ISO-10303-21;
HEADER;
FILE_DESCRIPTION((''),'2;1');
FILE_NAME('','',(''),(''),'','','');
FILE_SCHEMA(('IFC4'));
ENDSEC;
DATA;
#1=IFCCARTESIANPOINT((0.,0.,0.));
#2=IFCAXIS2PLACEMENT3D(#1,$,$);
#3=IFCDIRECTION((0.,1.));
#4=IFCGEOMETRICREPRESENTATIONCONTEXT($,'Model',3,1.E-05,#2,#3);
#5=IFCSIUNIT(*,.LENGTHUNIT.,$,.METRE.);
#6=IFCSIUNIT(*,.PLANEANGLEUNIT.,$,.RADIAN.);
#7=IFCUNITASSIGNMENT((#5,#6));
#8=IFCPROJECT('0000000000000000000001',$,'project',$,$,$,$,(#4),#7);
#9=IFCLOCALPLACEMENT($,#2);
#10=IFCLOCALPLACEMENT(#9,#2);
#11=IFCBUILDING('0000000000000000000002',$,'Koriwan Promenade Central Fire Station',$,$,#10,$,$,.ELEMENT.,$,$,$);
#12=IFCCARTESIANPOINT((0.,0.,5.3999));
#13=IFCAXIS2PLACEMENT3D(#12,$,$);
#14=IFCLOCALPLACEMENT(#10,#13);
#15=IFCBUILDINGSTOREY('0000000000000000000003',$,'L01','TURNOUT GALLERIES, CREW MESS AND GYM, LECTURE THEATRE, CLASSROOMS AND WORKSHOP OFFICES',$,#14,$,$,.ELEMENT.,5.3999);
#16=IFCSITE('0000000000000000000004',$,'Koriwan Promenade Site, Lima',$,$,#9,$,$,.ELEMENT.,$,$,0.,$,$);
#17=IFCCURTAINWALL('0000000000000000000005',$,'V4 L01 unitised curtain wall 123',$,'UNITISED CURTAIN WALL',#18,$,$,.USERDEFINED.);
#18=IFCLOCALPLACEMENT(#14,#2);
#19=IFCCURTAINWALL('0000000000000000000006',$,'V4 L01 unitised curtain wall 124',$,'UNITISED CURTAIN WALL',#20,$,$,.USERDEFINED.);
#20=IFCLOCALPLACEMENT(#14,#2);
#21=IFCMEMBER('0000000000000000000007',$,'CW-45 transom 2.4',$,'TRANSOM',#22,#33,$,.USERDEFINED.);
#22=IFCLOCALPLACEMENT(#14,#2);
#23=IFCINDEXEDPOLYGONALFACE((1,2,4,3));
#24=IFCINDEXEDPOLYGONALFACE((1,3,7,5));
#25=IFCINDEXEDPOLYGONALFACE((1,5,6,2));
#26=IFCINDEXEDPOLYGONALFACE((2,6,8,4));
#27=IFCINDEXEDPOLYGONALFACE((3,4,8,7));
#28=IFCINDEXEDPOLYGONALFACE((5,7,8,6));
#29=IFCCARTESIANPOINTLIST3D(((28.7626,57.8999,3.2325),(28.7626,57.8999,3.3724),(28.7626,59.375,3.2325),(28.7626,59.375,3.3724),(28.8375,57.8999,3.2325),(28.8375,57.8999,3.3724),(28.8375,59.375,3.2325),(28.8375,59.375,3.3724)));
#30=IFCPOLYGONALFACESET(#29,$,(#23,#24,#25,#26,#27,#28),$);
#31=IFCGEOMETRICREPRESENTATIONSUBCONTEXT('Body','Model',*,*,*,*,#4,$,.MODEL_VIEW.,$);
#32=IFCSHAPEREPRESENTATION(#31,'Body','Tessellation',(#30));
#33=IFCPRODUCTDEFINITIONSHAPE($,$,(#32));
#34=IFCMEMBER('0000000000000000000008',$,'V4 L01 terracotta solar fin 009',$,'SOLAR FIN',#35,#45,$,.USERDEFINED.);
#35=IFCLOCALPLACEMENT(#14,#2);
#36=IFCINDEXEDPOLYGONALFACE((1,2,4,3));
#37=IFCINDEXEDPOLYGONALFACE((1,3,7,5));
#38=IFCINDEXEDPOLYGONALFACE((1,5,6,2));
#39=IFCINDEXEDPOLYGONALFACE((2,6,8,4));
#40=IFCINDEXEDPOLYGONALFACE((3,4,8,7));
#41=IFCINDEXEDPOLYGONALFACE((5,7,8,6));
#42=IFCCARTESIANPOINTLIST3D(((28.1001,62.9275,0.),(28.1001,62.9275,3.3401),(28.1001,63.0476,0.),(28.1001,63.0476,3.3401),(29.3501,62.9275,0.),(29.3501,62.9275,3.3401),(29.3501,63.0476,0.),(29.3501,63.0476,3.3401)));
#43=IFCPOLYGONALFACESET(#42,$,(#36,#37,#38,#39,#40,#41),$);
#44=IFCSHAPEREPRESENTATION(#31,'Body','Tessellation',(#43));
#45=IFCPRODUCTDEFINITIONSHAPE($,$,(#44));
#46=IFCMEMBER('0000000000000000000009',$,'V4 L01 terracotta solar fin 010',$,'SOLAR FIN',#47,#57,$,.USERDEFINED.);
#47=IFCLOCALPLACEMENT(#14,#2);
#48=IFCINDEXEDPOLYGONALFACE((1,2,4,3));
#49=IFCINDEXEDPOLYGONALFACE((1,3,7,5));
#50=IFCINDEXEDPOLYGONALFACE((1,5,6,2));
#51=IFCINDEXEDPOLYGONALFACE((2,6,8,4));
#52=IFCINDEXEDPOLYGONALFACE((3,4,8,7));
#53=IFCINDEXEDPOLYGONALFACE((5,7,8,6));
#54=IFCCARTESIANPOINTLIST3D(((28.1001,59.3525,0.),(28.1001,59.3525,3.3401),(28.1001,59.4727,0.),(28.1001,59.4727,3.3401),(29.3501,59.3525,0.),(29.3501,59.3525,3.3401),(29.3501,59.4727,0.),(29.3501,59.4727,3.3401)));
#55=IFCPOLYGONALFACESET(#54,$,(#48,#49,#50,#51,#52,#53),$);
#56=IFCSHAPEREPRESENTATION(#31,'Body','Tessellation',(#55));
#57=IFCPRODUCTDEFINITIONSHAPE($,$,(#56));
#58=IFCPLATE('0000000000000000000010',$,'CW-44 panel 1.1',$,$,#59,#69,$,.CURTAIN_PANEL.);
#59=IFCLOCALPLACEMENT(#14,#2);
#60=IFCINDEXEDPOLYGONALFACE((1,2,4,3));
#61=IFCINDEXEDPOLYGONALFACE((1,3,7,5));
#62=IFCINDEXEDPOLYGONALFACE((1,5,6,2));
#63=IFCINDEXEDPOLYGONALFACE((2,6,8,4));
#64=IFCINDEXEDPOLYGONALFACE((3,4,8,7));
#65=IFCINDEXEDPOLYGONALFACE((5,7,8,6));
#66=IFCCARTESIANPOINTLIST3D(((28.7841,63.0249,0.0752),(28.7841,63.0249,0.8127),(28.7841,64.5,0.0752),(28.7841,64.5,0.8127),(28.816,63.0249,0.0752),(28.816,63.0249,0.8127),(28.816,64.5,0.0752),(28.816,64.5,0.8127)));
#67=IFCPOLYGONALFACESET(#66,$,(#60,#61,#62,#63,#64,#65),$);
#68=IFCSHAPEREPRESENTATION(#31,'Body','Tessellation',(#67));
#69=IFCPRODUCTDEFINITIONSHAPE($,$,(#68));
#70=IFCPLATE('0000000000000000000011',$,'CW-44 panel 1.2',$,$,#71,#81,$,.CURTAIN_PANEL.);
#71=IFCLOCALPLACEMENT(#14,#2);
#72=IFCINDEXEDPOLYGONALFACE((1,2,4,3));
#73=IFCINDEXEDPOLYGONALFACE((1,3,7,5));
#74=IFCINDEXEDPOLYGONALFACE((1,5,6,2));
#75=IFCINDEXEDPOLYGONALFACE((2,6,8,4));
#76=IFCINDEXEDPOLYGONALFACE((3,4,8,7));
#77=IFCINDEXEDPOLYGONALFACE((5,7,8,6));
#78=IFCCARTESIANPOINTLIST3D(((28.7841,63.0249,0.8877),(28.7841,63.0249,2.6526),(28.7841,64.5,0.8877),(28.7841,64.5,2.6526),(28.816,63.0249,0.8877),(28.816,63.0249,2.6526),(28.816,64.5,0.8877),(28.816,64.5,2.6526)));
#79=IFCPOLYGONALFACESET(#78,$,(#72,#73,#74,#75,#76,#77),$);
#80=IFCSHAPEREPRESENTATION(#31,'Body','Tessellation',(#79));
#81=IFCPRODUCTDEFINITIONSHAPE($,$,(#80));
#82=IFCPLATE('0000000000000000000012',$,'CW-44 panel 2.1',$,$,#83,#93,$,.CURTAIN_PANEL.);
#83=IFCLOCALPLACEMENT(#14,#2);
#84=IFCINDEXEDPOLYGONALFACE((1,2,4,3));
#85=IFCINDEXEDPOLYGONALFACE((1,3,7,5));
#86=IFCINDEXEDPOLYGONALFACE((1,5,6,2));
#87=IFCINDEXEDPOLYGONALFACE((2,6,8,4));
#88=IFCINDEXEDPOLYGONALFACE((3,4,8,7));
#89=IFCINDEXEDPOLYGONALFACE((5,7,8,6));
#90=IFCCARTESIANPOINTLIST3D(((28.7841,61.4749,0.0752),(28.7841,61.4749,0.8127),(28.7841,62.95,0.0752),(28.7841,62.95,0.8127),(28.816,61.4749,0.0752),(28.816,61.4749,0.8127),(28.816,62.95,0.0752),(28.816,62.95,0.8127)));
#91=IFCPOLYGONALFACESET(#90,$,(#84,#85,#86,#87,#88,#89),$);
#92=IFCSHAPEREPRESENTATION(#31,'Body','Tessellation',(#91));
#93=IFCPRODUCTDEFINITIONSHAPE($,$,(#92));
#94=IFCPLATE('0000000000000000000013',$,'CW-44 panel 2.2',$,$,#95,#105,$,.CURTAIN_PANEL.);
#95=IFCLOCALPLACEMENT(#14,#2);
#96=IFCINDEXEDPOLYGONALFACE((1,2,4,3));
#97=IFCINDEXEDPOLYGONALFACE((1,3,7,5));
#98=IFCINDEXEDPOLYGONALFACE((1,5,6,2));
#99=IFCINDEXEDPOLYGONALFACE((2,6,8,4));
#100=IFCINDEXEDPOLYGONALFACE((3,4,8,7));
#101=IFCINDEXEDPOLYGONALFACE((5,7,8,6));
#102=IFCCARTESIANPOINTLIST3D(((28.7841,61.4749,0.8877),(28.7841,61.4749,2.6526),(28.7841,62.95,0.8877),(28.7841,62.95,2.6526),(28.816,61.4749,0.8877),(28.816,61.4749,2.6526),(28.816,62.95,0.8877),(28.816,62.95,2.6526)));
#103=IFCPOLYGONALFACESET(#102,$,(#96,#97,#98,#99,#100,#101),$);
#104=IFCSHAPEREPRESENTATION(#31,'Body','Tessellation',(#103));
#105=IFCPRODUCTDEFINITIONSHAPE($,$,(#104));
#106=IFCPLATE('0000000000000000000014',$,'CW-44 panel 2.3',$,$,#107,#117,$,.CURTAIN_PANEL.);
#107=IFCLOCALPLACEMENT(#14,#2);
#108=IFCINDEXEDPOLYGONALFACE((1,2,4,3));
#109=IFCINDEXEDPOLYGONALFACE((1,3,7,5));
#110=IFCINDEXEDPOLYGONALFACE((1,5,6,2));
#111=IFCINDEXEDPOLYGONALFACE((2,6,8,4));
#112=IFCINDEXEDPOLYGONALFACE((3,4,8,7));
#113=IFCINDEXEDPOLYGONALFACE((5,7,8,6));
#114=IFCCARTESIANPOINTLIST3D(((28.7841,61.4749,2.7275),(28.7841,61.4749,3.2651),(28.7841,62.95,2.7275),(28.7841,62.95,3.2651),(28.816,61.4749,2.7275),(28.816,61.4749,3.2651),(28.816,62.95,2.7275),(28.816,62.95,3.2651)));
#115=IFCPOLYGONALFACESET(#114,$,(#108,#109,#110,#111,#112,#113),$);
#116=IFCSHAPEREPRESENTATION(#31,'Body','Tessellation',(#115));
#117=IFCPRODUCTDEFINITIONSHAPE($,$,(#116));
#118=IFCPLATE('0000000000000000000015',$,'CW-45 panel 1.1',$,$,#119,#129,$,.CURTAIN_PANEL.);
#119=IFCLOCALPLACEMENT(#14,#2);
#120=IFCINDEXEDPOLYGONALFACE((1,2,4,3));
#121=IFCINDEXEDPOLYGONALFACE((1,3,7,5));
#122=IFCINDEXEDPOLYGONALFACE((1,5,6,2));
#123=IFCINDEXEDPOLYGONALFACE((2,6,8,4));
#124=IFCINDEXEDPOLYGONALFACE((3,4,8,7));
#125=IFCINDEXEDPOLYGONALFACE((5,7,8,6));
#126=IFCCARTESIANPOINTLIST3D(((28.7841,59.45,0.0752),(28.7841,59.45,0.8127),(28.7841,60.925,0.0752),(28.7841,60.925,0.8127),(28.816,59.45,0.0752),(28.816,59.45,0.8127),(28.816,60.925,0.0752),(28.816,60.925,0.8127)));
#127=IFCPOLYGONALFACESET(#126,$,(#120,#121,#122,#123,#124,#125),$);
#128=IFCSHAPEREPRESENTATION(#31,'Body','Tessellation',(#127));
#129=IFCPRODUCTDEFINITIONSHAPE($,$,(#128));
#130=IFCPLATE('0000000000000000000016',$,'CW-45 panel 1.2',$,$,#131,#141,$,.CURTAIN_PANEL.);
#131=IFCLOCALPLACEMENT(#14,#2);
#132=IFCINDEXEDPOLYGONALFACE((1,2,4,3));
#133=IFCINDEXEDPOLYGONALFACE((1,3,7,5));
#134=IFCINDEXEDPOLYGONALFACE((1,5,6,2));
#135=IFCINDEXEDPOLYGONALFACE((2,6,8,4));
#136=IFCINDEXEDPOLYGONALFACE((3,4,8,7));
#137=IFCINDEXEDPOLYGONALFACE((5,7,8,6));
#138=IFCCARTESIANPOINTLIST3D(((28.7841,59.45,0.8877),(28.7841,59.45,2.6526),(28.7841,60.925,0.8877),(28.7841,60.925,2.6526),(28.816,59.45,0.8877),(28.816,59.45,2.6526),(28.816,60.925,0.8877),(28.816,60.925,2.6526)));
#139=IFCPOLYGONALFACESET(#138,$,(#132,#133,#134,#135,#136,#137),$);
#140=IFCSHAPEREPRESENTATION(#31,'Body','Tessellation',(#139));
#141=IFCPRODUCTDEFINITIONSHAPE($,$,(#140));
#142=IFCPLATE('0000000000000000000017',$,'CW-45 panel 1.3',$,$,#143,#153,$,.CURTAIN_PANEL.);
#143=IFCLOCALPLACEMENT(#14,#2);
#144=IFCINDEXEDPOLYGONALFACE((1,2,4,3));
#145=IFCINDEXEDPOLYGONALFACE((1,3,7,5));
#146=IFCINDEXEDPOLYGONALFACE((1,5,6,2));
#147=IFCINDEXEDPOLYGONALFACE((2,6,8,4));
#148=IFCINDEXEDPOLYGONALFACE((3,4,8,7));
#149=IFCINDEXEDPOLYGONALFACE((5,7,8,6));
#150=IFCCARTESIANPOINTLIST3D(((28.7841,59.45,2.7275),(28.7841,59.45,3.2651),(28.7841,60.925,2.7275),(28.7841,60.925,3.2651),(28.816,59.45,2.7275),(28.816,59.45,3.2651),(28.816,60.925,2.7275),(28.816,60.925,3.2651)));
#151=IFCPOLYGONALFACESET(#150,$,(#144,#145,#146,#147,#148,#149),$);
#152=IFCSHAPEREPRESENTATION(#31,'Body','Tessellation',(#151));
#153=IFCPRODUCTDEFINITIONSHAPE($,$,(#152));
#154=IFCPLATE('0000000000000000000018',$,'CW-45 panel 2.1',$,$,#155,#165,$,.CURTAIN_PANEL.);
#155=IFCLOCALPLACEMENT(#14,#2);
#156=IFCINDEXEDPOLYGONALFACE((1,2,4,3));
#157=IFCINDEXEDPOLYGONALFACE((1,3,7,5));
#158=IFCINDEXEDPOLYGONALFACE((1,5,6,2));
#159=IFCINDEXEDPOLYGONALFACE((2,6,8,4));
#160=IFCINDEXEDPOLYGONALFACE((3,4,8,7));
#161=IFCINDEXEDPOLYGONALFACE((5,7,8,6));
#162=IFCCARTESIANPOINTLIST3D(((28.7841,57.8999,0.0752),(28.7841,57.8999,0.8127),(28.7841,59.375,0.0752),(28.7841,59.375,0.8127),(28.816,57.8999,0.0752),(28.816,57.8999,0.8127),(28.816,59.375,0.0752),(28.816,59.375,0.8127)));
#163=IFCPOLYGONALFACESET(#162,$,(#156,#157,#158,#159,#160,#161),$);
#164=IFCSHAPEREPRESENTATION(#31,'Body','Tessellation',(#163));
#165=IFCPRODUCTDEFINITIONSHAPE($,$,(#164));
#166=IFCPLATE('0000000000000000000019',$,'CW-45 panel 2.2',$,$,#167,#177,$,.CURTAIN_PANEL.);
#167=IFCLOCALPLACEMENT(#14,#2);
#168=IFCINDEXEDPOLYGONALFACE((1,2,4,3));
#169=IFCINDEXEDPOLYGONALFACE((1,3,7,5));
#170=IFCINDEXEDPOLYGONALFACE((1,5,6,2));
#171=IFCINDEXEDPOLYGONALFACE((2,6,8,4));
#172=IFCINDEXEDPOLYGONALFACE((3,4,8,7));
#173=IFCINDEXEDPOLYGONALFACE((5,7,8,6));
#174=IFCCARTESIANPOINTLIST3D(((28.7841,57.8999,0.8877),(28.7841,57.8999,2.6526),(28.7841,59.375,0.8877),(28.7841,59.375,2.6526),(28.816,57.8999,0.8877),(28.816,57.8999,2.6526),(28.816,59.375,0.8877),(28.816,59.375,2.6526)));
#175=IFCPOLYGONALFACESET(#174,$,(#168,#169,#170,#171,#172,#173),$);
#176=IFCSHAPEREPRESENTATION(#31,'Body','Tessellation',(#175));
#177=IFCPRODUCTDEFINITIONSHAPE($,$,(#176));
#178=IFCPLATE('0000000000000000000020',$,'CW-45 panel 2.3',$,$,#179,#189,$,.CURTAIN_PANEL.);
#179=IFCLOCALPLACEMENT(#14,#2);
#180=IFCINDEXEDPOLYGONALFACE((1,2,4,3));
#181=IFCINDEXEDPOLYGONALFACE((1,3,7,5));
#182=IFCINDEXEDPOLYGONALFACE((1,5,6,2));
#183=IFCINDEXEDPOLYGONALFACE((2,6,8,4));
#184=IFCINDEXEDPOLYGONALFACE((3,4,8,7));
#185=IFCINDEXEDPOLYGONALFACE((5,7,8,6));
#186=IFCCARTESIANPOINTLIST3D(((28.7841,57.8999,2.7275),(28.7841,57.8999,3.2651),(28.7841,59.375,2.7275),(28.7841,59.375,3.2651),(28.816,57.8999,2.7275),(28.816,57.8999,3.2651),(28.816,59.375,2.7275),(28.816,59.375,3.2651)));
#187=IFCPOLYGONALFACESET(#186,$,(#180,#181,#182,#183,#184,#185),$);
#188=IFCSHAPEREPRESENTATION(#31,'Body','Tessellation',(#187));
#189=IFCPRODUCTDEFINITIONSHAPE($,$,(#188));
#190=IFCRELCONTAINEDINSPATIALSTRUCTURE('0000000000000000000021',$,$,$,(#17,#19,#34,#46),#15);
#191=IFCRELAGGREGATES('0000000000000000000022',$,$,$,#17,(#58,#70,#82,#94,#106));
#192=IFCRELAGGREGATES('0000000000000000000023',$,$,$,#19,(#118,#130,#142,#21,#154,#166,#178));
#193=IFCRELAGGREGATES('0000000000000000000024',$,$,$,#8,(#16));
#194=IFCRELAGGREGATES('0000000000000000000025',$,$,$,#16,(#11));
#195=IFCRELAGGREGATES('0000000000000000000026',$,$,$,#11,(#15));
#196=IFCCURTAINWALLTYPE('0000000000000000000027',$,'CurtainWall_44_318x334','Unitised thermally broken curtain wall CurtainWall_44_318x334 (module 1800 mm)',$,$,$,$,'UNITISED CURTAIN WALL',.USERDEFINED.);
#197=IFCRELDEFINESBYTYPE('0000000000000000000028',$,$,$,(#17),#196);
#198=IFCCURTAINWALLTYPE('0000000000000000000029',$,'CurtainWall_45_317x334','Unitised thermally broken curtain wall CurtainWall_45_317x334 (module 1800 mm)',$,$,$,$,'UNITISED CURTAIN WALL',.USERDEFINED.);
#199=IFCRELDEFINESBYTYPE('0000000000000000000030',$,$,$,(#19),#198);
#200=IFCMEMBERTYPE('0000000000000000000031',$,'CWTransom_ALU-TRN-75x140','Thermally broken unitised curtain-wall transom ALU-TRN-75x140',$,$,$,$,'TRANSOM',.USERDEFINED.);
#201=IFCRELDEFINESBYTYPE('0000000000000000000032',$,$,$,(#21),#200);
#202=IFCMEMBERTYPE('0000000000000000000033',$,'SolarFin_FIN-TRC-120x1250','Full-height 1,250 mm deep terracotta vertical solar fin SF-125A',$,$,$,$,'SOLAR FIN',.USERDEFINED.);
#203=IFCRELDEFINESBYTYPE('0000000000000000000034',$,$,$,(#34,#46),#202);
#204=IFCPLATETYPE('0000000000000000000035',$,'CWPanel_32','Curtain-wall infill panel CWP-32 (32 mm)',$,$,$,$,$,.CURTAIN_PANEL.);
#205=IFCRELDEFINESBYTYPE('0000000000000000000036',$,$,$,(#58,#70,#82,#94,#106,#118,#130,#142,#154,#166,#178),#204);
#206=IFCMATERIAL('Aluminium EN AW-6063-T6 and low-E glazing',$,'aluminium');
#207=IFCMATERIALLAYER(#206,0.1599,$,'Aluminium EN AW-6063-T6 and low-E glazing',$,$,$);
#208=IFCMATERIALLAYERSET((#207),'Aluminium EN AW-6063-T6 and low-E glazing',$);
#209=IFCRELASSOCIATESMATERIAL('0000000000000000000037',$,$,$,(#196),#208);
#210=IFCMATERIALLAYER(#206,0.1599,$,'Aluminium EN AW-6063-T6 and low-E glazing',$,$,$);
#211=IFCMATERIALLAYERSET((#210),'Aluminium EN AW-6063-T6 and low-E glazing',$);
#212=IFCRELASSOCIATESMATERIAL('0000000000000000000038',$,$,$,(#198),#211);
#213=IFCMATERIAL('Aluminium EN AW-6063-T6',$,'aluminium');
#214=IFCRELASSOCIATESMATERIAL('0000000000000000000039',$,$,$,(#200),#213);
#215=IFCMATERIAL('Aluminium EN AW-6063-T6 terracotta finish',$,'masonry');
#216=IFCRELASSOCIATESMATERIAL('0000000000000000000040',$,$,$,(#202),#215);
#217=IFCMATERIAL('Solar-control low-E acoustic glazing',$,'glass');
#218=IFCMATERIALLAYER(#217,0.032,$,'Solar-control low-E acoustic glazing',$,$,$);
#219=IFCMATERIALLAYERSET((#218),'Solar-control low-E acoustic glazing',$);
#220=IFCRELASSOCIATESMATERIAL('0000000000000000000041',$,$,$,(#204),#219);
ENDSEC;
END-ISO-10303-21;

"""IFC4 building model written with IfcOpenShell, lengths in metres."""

from ifc_helpers import new_model, si_unit, direction, frame, origin, origin_2d, place, context, subcontext, project, spatial, rectangle, extrude, material, layer, layer_set, material_profile, profile_set, type_object, element, aggregate, save


model = new_model("IFC4")

# Units and contexts
model_context = context("Model", 3, precision=1e-05, world=origin(), true_north=direction((0.0, 1.0)))
body_context = subcontext(model_context, "Body", "Model", "MODEL_VIEW")
ifc_project = project(units=[si_unit("LENGTHUNIT", "METRE"), si_unit("PLANEANGLEUNIT", "RADIAN")], contexts=[model_context])

# Site, building, storey
site_placement = place(None, origin())
site = spatial("IfcSite", under=ifc_project, at=site_placement, Name="Koriwan Promenade Site, Lima", CompositionType="ELEMENT", RefElevation=0.0)
building_placement = place(site_placement, origin())
building = spatial("IfcBuilding", under=site, at=building_placement, Name="Koriwan Promenade Central Fire Station", CompositionType="ELEMENT")
storey_placement = place(building_placement, frame((0.0, 0.0, 5.3999)))
storey = spatial("IfcBuildingStorey", under=building, at=storey_placement, Name="L01", Description="TURNOUT GALLERIES, CREW MESS AND GYM, LECTURE THEATRE, CLASSROOMS AND WORKSHOP OFFICES", CompositionType="ELEMENT", Elevation=5.3999)

# Curtain walls
ifc_material_1 = material(Name="Aluminium EN AW-6063-T6 and low-E glazing", Category="aluminium")
ifc_layer_1 = layer(ifc_material_1, 0.1599, Name="Aluminium EN AW-6063-T6 and low-E glazing")
ifc_layer_set_1 = layer_set([ifc_layer_1], Name="Aluminium EN AW-6063-T6 and low-E glazing")
curtain_wall_type_1 = type_object("IfcCurtainWallType", Name="CurtainWall_44_318x334", Description="Unitised thermally broken curtain wall CurtainWall_44_318x334 (module 1800 mm)", ElementType="UNITISED CURTAIN WALL", PredefinedType="USERDEFINED", material=ifc_layer_set_1)
curtain_wall_1_placement = place(storey_placement, origin())
curtain_wall_1 = element("IfcCurtainWall", 1, at=curtain_wall_1_placement, inside=storey, type_object=curtain_wall_type_1, Name="V4 L01 unitised curtain wall 123", ObjectType="UNITISED CURTAIN WALL", PredefinedType="USERDEFINED")
ifc_material_2 = material(Name="Aluminium EN AW-6063-T6", Category="aluminium")
ifc_layer_2 = layer(ifc_material_1, 0.1599, Name="Aluminium EN AW-6063-T6 and low-E glazing")
ifc_layer_set_2 = layer_set([ifc_layer_2], Name="Aluminium EN AW-6063-T6 and low-E glazing")
curtain_wall_type_2 = type_object("IfcCurtainWallType", Name="CurtainWall_45_317x334", Description="Unitised thermally broken curtain wall CurtainWall_45_317x334 (module 1800 mm)", ElementType="UNITISED CURTAIN WALL", PredefinedType="USERDEFINED", material=ifc_layer_set_2)
curtain_wall_2_placement = place(storey_placement, origin())
curtain_wall_2 = element("IfcCurtainWall", 2, at=curtain_wall_2_placement, inside=storey, type_object=curtain_wall_type_2, Name="V4 L01 unitised curtain wall 124", ObjectType="UNITISED CURTAIN WALL", PredefinedType="USERDEFINED")

# Member
ifc_material_profile_1 = material_profile(ifc_material_2, rectangle(XDim=0.075, YDim=0.1399, at=origin_2d()), Name="ALU-TRN-75x140")
ifc_profile_set_1 = profile_set([ifc_material_profile_1], Name="Aluminium EN AW-6063-T6")
member_type_1 = type_object("IfcMemberType", Name="CWTransom_ALU-TRN-75x140", Description="Thermally broken unitised curtain-wall transom ALU-TRN-75x140", ElementType="TRANSOM", PredefinedType="USERDEFINED", material=ifc_profile_set_1)
member_1_placement = place(storey_placement, frame((28.8, 59.375, 3.3025), z_axis=(0.0, -1.0, 0.0), x_axis=(1.0, 0.0, 0.0)))
member_1 = element("IfcMember", 3, at=member_1_placement, type_object=member_type_1, Name="CW-45 transom 2.4", ObjectType="TRANSOM", PredefinedType="USERDEFINED", context=body_context, shape_type="SweptSolid", body=[
    extrude(rectangle(XDim=0.075, YDim=0.1399, at=origin_2d()), origin(), (0.0, 0.0, 1.0), 1.4751),
])

# Members
ifc_material_3 = material(Name="Aluminium EN AW-6063-T6 terracotta finish", Category="masonry")
ifc_material_profile_2 = material_profile(ifc_material_3, rectangle(XDim=0.1201, YDim=1.25, at=origin_2d()), Name="FIN-TRC-120x1250")
ifc_profile_set_2 = profile_set([ifc_material_profile_2], Name="Aluminium EN AW-6063-T6 terracotta finish")
member_type_2 = type_object("IfcMemberType", Name="SolarFin_FIN-TRC-120x1250", Description="Full-height 1,250 mm deep terracotta vertical solar fin SF-125A", ElementType="SOLAR FIN", PredefinedType="USERDEFINED", material=ifc_profile_set_2)
for number, where, z_axis, x_axis, name in (
    (4, (28.7251, 62.9875, 0.0), (0.0, 0.0, 1.0), (0.0, 1.0, 0.0), "V4 L01 terracotta solar fin 009"),
    (5, (28.7251, 59.4126, 0.0), (0.0, 0.0, 1.0), (0.0, 1.0, 0.0), "V4 L01 terracotta solar fin 010"),
):
    element("IfcMember", number, at=place(storey_placement, frame(where, z_axis=z_axis, x_axis=x_axis)), inside=storey, type_object=member_type_2, Name=name, ObjectType="SOLAR FIN", PredefinedType="USERDEFINED", context=body_context, shape_type="SweptSolid", body=[
        extrude(rectangle(XDim=0.1201, YDim=1.25, at=origin_2d()), origin(), (0.0, 0.0, 1.0), 3.3401),
    ])

# Plates
ifc_material_4 = material(Name="Solar-control low-E acoustic glazing", Category="glass")
ifc_layer_3 = layer(ifc_material_4, 0.032, Name="Solar-control low-E acoustic glazing")
ifc_layer_set_3 = layer_set([ifc_layer_3], Name="Solar-control low-E acoustic glazing")
plate_type = type_object("IfcPlateType", Name="CWPanel_32", Description="Curtain-wall infill panel CWP-32 (32 mm)", PredefinedType="CURTAIN_PANEL", material=ifc_layer_set_3)
plate_1_placement = place(storey_placement, frame((28.8, 63.7625, 0.0752), z_axis=(0.0, 0.0, 1.0), x_axis=(0.0, -1.0, 0.0)))
plate_1 = element("IfcPlate", 6, at=plate_1_placement, type_object=plate_type, Name="CW-44 panel 1.1", PredefinedType="CURTAIN_PANEL", context=body_context, shape_type="SweptSolid", body=[
    extrude(rectangle(XDim=1.4751, YDim=0.032, at=origin_2d()), origin(), (0.0, 0.0, 1.0), 0.7375),
])
plate_2_placement = place(storey_placement, frame((28.8, 63.7625, 0.8877), z_axis=(0.0, 0.0, 1.0), x_axis=(0.0, -1.0, 0.0)))
plate_2 = element("IfcPlate", 7, at=plate_2_placement, type_object=plate_type, Name="CW-44 panel 1.2", PredefinedType="CURTAIN_PANEL", context=body_context, shape_type="SweptSolid", body=[
    extrude(rectangle(XDim=1.4751, YDim=0.032, at=origin_2d()), origin(), (0.0, 0.0, 1.0), 1.7649),
])
plate_3_placement = place(storey_placement, frame((28.8, 62.2124, 0.0752), z_axis=(0.0, 0.0, 1.0), x_axis=(0.0, -1.0, 0.0)))
plate_3 = element("IfcPlate", 8, at=plate_3_placement, type_object=plate_type, Name="CW-44 panel 2.1", PredefinedType="CURTAIN_PANEL", context=body_context, shape_type="SweptSolid", body=[
    extrude(rectangle(XDim=1.4751, YDim=0.032, at=origin_2d()), origin(), (0.0, 0.0, 1.0), 0.7375),
])
plate_4_placement = place(storey_placement, frame((28.8, 62.2124, 0.8877), z_axis=(0.0, 0.0, 1.0), x_axis=(0.0, -1.0, 0.0)))
plate_4 = element("IfcPlate", 9, at=plate_4_placement, type_object=plate_type, Name="CW-44 panel 2.2", PredefinedType="CURTAIN_PANEL", context=body_context, shape_type="SweptSolid", body=[
    extrude(rectangle(XDim=1.4751, YDim=0.032, at=origin_2d()), origin(), (0.0, 0.0, 1.0), 1.7649),
])
plate_5_placement = place(storey_placement, frame((28.8, 62.2124, 2.7275), z_axis=(0.0, 0.0, 1.0), x_axis=(0.0, -1.0, 0.0)))
plate_5 = element("IfcPlate", 10, at=plate_5_placement, type_object=plate_type, Name="CW-44 panel 2.3", PredefinedType="CURTAIN_PANEL", context=body_context, shape_type="SweptSolid", body=[
    extrude(rectangle(XDim=1.4751, YDim=0.032, at=origin_2d()), origin(), (0.0, 0.0, 1.0), 0.5376),
])
aggregate(curtain_wall_1, [plate_1, plate_2, plate_3, plate_4, plate_5])
plate_6_placement = place(storey_placement, frame((28.8, 60.1875, 0.0752), z_axis=(0.0, 0.0, 1.0), x_axis=(0.0, -1.0, 0.0)))
plate_6 = element("IfcPlate", 11, at=plate_6_placement, type_object=plate_type, Name="CW-45 panel 1.1", PredefinedType="CURTAIN_PANEL", context=body_context, shape_type="SweptSolid", body=[
    extrude(rectangle(XDim=1.4751, YDim=0.032, at=origin_2d()), origin(), (0.0, 0.0, 1.0), 0.7375),
])
plate_7_placement = place(storey_placement, frame((28.8, 60.1875, 0.8877), z_axis=(0.0, 0.0, 1.0), x_axis=(0.0, -1.0, 0.0)))
plate_7 = element("IfcPlate", 12, at=plate_7_placement, type_object=plate_type, Name="CW-45 panel 1.2", PredefinedType="CURTAIN_PANEL", context=body_context, shape_type="SweptSolid", body=[
    extrude(rectangle(XDim=1.4751, YDim=0.032, at=origin_2d()), origin(), (0.0, 0.0, 1.0), 1.7649),
])
plate_8_placement = place(storey_placement, frame((28.8, 60.1875, 2.7275), z_axis=(0.0, 0.0, 1.0), x_axis=(0.0, -1.0, 0.0)))
plate_8 = element("IfcPlate", 13, at=plate_8_placement, type_object=plate_type, Name="CW-45 panel 1.3", PredefinedType="CURTAIN_PANEL", context=body_context, shape_type="SweptSolid", body=[
    extrude(rectangle(XDim=1.4751, YDim=0.032, at=origin_2d()), origin(), (0.0, 0.0, 1.0), 0.5376),
])
plate_9_placement = place(storey_placement, frame((28.8, 58.6375, 0.0752), z_axis=(0.0, 0.0, 1.0), x_axis=(0.0, -1.0, 0.0)))
plate_9 = element("IfcPlate", 14, at=plate_9_placement, type_object=plate_type, Name="CW-45 panel 2.1", PredefinedType="CURTAIN_PANEL", context=body_context, shape_type="SweptSolid", body=[
    extrude(rectangle(XDim=1.4751, YDim=0.032, at=origin_2d()), origin(), (0.0, 0.0, 1.0), 0.7375),
])
plate_10_placement = place(storey_placement, frame((28.8, 58.6375, 0.8877), z_axis=(0.0, 0.0, 1.0), x_axis=(0.0, -1.0, 0.0)))
plate_10 = element("IfcPlate", 15, at=plate_10_placement, type_object=plate_type, Name="CW-45 panel 2.2", PredefinedType="CURTAIN_PANEL", context=body_context, shape_type="SweptSolid", body=[
    extrude(rectangle(XDim=1.4751, YDim=0.032, at=origin_2d()), origin(), (0.0, 0.0, 1.0), 1.7649),
])
plate_11_placement = place(storey_placement, frame((28.8, 58.6375, 2.7275), z_axis=(0.0, 0.0, 1.0), x_axis=(0.0, -1.0, 0.0)))
plate_11 = element("IfcPlate", 16, at=plate_11_placement, type_object=plate_type, Name="CW-45 panel 2.3", PredefinedType="CURTAIN_PANEL", context=body_context, shape_type="SweptSolid", body=[
    extrude(rectangle(XDim=1.4751, YDim=0.032, at=origin_2d()), origin(), (0.0, 0.0, 1.0), 0.5376),
])
aggregate(curtain_wall_2, [plate_6, plate_7, plate_8, member_1, plate_9, plate_10, plate_11])

save(model, "model.ifc")
